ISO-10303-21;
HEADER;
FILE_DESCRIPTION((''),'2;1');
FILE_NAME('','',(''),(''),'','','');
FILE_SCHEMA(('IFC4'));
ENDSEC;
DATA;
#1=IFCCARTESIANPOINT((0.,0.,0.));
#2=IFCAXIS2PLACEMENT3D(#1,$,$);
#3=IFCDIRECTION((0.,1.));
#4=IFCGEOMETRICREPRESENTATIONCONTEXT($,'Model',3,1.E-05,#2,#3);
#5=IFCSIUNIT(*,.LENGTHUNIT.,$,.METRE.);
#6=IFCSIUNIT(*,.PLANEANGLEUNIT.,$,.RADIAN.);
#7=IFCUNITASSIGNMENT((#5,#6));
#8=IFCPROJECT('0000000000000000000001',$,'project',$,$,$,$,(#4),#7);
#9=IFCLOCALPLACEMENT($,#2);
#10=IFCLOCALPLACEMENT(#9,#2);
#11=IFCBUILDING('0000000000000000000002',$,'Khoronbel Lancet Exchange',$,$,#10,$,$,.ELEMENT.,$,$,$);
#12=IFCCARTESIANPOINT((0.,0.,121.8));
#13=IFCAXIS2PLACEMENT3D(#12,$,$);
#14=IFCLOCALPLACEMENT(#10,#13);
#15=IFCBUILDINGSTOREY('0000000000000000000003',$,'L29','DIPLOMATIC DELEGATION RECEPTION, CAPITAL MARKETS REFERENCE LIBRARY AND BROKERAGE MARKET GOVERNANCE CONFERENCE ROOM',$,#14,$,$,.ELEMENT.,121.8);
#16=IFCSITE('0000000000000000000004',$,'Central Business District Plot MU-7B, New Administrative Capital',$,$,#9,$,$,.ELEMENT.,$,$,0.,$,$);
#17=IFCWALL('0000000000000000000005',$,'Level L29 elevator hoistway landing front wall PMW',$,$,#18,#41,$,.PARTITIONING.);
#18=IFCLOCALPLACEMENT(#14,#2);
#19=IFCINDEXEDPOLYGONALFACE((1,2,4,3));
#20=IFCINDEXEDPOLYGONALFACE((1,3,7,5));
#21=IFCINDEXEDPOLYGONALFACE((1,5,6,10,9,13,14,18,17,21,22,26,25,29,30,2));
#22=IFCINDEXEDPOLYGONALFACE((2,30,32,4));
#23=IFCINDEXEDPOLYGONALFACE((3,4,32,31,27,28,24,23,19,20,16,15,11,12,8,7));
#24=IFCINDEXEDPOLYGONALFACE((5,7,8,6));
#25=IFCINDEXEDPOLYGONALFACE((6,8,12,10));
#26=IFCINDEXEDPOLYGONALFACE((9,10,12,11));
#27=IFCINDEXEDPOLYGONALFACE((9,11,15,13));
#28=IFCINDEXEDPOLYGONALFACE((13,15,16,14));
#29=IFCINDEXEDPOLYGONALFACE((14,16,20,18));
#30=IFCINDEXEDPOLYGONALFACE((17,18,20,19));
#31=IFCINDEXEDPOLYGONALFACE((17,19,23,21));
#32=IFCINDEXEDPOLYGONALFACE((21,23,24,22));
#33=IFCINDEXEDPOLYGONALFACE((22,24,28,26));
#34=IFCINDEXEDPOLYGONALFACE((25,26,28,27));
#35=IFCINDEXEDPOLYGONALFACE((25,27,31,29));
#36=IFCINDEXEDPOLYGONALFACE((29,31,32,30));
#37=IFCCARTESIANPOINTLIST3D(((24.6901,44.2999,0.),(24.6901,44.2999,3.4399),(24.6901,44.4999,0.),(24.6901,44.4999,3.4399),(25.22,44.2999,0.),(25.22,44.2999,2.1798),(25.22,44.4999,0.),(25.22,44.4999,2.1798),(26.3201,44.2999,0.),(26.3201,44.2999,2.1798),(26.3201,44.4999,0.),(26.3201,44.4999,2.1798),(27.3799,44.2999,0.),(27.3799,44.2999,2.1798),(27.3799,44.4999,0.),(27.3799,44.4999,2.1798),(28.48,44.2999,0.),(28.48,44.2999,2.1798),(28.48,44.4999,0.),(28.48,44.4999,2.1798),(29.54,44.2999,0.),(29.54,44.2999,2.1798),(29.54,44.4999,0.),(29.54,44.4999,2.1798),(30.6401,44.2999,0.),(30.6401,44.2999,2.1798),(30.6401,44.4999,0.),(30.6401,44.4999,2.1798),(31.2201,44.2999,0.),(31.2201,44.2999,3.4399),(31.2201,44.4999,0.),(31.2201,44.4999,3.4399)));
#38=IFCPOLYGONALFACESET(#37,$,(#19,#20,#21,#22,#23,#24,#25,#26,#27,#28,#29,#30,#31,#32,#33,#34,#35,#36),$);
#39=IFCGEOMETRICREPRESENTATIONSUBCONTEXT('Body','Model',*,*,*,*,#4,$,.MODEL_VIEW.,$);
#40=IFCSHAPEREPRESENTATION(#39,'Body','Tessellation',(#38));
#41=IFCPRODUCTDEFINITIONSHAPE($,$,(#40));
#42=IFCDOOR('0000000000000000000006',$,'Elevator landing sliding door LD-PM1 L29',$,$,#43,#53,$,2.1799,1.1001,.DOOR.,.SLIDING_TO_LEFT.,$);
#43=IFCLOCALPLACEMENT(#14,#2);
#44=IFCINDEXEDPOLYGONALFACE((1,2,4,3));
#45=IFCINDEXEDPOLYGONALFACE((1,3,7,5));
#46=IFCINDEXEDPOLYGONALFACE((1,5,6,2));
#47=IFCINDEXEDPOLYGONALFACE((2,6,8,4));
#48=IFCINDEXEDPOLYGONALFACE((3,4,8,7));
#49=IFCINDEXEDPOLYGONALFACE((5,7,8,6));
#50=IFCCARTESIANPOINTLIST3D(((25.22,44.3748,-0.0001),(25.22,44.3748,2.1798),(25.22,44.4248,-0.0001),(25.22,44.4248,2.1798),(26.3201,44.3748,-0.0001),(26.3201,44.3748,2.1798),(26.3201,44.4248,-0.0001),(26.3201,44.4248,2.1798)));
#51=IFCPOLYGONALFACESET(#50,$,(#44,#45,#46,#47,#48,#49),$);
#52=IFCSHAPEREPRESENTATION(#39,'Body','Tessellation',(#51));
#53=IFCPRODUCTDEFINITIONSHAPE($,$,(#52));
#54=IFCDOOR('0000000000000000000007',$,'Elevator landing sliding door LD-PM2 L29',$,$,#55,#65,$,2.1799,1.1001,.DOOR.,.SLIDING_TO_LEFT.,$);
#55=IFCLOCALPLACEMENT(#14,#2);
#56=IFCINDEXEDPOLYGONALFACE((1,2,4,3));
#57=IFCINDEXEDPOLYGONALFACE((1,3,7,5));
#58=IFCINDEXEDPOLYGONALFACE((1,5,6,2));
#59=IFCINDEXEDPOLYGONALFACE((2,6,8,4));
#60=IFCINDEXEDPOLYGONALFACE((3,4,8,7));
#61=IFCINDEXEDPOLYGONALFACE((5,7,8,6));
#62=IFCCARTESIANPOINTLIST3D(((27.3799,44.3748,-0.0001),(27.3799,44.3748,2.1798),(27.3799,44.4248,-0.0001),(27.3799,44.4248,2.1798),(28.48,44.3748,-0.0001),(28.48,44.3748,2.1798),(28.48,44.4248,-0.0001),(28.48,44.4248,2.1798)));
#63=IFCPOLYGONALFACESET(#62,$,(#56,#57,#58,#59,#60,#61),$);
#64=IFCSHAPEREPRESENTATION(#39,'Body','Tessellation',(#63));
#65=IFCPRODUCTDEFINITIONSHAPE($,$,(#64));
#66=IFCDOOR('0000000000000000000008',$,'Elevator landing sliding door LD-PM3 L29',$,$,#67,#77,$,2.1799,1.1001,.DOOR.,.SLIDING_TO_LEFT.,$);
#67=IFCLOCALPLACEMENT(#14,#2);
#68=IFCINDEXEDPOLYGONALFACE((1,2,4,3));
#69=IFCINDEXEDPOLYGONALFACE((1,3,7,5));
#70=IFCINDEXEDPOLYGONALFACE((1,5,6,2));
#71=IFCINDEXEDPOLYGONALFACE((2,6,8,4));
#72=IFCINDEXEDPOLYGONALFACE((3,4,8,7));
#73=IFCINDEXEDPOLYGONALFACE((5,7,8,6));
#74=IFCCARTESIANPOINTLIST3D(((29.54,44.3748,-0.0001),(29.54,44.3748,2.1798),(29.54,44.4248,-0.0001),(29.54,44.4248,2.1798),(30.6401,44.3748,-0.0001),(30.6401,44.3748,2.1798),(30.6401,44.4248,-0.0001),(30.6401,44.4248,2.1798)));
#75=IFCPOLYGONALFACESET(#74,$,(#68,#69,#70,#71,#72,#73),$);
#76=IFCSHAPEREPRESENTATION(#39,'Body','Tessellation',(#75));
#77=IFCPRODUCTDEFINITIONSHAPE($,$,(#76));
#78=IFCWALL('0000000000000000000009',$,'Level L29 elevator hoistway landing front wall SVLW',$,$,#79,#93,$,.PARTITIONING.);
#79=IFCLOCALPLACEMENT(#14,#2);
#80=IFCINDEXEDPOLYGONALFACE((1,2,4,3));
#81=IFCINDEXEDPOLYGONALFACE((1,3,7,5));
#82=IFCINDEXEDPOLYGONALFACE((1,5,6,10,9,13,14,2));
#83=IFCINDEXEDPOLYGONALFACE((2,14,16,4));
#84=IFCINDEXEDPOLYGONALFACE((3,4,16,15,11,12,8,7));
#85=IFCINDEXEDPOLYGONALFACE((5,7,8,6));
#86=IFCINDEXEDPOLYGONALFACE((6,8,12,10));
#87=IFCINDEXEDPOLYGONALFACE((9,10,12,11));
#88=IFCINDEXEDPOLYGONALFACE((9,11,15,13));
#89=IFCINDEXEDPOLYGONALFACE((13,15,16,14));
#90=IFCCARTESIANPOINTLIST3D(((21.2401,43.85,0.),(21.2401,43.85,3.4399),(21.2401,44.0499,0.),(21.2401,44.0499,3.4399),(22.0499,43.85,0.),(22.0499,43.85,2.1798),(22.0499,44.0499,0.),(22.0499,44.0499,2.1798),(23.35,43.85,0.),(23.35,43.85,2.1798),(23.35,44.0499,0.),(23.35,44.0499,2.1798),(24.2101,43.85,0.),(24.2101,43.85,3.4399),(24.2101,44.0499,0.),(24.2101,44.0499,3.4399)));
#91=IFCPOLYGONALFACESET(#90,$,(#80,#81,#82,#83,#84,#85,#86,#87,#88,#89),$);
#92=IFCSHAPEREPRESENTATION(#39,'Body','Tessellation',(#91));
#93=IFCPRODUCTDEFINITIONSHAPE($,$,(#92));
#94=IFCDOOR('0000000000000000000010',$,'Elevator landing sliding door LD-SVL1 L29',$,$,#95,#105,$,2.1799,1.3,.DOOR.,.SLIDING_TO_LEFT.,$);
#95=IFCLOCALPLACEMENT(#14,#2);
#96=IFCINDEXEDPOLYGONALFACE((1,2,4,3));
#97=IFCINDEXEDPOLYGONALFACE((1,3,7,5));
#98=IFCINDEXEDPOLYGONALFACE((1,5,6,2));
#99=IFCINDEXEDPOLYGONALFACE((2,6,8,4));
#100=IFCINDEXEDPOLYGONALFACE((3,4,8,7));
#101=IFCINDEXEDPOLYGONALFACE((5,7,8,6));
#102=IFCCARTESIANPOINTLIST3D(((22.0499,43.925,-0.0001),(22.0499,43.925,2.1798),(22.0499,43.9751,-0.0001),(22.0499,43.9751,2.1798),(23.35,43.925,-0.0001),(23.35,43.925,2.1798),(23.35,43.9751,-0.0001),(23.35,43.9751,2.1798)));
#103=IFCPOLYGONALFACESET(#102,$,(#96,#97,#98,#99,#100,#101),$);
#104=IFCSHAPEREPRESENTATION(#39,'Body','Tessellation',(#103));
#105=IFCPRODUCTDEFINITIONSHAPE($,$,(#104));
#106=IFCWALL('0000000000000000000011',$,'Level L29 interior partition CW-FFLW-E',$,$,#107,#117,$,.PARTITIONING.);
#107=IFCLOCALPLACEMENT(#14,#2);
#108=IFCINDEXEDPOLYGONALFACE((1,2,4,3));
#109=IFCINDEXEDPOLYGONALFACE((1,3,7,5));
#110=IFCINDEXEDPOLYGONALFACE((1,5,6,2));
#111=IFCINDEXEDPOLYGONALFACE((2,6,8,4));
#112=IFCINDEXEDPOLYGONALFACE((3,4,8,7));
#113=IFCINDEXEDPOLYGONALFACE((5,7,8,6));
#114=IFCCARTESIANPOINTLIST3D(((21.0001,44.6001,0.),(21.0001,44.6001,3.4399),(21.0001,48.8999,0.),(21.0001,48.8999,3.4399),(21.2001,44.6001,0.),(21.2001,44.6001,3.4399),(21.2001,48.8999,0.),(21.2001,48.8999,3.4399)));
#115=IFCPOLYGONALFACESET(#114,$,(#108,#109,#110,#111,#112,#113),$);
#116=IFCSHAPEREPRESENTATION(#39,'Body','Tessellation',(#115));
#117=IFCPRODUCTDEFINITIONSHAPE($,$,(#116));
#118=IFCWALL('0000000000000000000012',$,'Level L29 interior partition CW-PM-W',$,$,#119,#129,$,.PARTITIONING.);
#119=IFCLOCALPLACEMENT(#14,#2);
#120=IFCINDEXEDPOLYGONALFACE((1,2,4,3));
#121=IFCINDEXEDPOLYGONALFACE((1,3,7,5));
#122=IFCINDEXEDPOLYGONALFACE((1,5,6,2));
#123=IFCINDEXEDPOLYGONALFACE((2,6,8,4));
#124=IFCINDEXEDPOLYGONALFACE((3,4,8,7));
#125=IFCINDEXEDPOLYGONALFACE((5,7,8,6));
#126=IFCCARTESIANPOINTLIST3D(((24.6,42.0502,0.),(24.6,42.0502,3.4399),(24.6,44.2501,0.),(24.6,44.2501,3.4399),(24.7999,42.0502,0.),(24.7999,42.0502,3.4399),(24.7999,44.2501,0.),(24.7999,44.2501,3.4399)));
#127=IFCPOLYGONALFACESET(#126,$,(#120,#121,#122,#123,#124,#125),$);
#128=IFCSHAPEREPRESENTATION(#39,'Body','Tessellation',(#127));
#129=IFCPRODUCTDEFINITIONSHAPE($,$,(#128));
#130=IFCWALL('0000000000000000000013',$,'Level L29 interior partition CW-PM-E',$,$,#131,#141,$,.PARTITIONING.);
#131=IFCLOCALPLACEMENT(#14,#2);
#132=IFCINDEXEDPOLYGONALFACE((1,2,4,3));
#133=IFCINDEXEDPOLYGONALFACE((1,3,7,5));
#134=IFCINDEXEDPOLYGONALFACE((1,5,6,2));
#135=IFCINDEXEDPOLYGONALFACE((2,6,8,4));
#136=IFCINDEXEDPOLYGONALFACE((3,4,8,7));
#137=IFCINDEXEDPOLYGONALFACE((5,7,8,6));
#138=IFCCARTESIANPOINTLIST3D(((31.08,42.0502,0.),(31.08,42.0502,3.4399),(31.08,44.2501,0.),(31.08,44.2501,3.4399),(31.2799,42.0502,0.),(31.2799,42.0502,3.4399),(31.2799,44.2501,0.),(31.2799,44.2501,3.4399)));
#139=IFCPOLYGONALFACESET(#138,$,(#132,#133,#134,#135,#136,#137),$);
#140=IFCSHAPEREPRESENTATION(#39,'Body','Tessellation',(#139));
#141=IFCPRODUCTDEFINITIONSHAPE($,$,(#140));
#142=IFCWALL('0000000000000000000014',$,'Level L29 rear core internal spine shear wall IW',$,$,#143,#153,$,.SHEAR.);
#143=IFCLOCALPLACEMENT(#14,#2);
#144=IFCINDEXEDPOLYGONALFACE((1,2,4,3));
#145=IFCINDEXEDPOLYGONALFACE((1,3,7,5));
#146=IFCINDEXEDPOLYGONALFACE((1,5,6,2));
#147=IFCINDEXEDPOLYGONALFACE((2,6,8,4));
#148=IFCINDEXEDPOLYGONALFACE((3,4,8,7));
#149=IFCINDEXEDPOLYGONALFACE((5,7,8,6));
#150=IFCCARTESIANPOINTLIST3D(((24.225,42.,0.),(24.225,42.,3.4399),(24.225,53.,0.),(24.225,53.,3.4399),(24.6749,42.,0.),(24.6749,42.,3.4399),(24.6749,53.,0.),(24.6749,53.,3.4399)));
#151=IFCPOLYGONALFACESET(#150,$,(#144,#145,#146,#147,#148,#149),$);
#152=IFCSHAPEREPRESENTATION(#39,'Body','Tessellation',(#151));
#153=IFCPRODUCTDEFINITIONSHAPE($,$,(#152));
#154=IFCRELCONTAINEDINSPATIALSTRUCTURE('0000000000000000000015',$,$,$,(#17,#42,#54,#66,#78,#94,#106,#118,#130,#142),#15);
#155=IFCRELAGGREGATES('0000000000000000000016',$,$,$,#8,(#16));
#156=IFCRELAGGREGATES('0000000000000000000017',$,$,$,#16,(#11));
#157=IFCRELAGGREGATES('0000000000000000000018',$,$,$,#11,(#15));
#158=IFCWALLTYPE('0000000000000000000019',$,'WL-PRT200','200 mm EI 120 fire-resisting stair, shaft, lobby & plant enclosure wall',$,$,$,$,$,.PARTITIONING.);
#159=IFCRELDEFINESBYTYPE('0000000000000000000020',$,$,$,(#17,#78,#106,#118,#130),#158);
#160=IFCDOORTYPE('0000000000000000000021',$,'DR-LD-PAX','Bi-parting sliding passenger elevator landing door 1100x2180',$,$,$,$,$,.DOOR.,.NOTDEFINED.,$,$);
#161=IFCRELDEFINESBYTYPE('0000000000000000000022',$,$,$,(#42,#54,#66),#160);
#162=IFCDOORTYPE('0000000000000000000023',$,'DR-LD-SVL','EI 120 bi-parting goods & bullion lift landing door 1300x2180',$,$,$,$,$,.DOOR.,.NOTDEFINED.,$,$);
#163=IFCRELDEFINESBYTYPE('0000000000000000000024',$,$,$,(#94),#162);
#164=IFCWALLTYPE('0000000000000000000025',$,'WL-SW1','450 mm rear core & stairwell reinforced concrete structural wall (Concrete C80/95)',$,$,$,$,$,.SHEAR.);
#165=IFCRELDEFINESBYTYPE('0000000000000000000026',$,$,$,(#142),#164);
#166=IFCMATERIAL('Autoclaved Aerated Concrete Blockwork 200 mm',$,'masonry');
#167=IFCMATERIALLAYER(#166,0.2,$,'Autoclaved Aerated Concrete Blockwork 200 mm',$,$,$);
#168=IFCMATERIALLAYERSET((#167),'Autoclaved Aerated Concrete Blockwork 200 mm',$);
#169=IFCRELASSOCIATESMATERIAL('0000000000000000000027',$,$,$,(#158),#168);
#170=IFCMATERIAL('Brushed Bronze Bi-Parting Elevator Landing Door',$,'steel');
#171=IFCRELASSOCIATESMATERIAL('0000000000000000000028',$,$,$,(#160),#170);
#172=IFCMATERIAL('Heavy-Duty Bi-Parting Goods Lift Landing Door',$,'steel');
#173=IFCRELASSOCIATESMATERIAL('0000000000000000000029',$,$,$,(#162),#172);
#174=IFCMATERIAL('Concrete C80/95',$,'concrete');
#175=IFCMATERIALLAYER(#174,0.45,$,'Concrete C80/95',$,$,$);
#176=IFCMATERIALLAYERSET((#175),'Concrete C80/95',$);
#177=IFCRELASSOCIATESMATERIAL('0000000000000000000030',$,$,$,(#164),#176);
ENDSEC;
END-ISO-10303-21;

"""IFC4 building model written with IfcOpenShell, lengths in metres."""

from ifc_helpers import new_model, si_unit, direction, frame, frame_2d, origin, place, context, subcontext, project, spatial, rectangle, extrude, material, layer, layer_set, type_object, element, fill, save


model = new_model("IFC4")

# Units and contexts
model_context = context("Model", 3, precision=1e-05, world=origin(), true_north=direction((0.0, 1.0)))
body_context = subcontext(model_context, "Body", "Model", "MODEL_VIEW")
ifc_project = project(units=[si_unit("LENGTHUNIT", "METRE"), si_unit("PLANEANGLEUNIT", "RADIAN")], contexts=[model_context])

# Site, building, storey
site_placement = place(None, origin())
site = spatial("IfcSite", under=ifc_project, at=site_placement, Name="Central Business District Plot MU-7B, New Administrative Capital", CompositionType="ELEMENT", RefElevation=0.0)
building_placement = place(site_placement, origin())
building = spatial("IfcBuilding", under=site, at=building_placement, Name="Khoronbel Lancet Exchange", CompositionType="ELEMENT")
storey_placement = place(building_placement, frame((0.0, 0.0, 121.8)))
storey = spatial("IfcBuildingStorey", under=building, at=storey_placement, Name="L29", Description="DIPLOMATIC DELEGATION RECEPTION, CAPITAL MARKETS REFERENCE LIBRARY AND BROKERAGE MARKET GOVERNANCE CONFERENCE ROOM", CompositionType="ELEMENT", Elevation=121.8)

# Shared definitions
ifc_material_1 = material(Name="Concrete C80/95", Category="concrete")

# Wall, openings, doors
ifc_material_2 = material(Name="Autoclaved Aerated Concrete Blockwork 200 mm", Category="masonry")
ifc_layer_1 = layer(ifc_material_2, 0.2, Name="Autoclaved Aerated Concrete Blockwork 200 mm")
ifc_layer_set_1 = layer_set([ifc_layer_1], Name="Autoclaved Aerated Concrete Blockwork 200 mm")
wall_type_1 = type_object("IfcWallType", Name="WL-PRT200", Description="200 mm EI 120 fire-resisting stair, shaft, lobby & plant enclosure wall", PredefinedType="PARTITIONING", material=ifc_layer_set_1)
wall_1_placement = place(storey_placement, frame((24.6899, 44.3999, 0.0), z_axis=(0.0, 0.0, 1.0), x_axis=(1.0, 0.0, 0.0)))
wall_1 = element("IfcWall", 1, at=wall_1_placement, inside=storey, type_object=wall_type_1, Name="Level L29 elevator hoistway landing front wall PMW", PredefinedType="PARTITIONING", context=body_context, shape_type="SweptSolid", body=[
    extrude(rectangle(XDim=6.53, YDim=0.2, at=frame_2d((3.2651, 0.0))), origin(), (0.0, 0.0, 1.0), 3.4399),
])
opening_1_placement = place(wall_1_placement, frame((0.53, 0.0, 0.0)))
opening_1 = element("IfcOpeningElement", 2, at=opening_1_placement, cuts=wall_1, PredefinedType="OPENING", context=body_context, shape_type="SweptSolid", body=[
    extrude(rectangle(XDim=1.1001, YDim=2.1799, at=frame_2d((0.55, 1.0898))), frame((0.0, 0.1099, 0.0), z_axis=(0.0, -1.0, 0.0), x_axis=(1.0, 0.0, 0.0)), (0.0, 0.0, 1.0), 0.22),
])
opening_2_placement = place(wall_1_placement, frame((2.6899, 0.0, 0.0)))
opening_2 = element("IfcOpeningElement", 3, at=opening_2_placement, cuts=wall_1, PredefinedType="OPENING", context=body_context, shape_type="SweptSolid", body=[
    extrude(rectangle(XDim=1.1001, YDim=2.1799, at=frame_2d((0.55, 1.0898))), frame((0.0, 0.1099, 0.0), z_axis=(0.0, -1.0, 0.0), x_axis=(1.0, 0.0, 0.0)), (0.0, 0.0, 1.0), 0.22),
])
opening_3_placement = place(wall_1_placement, frame((4.8501, 0.0, 0.0)))
opening_3 = element("IfcOpeningElement", 4, at=opening_3_placement, cuts=wall_1, PredefinedType="OPENING", context=body_context, shape_type="SweptSolid", body=[
    extrude(rectangle(XDim=1.1001, YDim=2.1799, at=frame_2d((0.55, 1.0898))), frame((0.0, 0.1099, 0.0), z_axis=(0.0, -1.0, 0.0), x_axis=(1.0, 0.0, 0.0)), (0.0, 0.0, 1.0), 0.22),
])
ifc_material_3 = material(Name="Brushed Bronze Bi-Parting Elevator Landing Door", Category="steel")
door_type_1 = type_object("IfcDoorType", Name="DR-LD-PAX", Description="Bi-parting sliding passenger elevator landing door 1100x2180", OperationType="NOTDEFINED", PredefinedType="DOOR", material=ifc_material_3)
door_1_placement = place(opening_1_placement, origin())
door_1 = element("IfcDoor", 5, at=door_1_placement, inside=storey, type_object=door_type_1, Name="Elevator landing sliding door LD-PM1 L29", OperationType="SLIDING_TO_LEFT", OverallHeight=2.1799, OverallWidth=1.1001, PredefinedType="DOOR", context=body_context, shape_type="SweptSolid", body=[
    extrude(rectangle(XDim=1.1001, YDim=2.1799, at=frame_2d((0.55, 1.0898))), frame((0.0, 0.0249, 0.0), z_axis=(0.0, -1.0, 0.0), x_axis=(1.0, 0.0, 0.0)), (0.0, 0.0, 1.0), 0.05),
])
fill(opening_1, door_1)
door_2_placement = place(opening_2_placement, origin())
door_2 = element("IfcDoor", 6, at=door_2_placement, inside=storey, type_object=door_type_1, Name="Elevator landing sliding door LD-PM2 L29", OperationType="SLIDING_TO_LEFT", OverallHeight=2.1799, OverallWidth=1.1001, PredefinedType="DOOR", context=body_context, shape_type="SweptSolid", body=[
    extrude(rectangle(XDim=1.1001, YDim=2.1799, at=frame_2d((0.55, 1.0898))), frame((0.0, 0.0249, 0.0), z_axis=(0.0, -1.0, 0.0), x_axis=(1.0, 0.0, 0.0)), (0.0, 0.0, 1.0), 0.05),
])
fill(opening_2, door_2)
door_3_placement = place(opening_3_placement, origin())
door_3 = element("IfcDoor", 7, at=door_3_placement, inside=storey, type_object=door_type_1, Name="Elevator landing sliding door LD-PM3 L29", OperationType="SLIDING_TO_LEFT", OverallHeight=2.1799, OverallWidth=1.1001, PredefinedType="DOOR", context=body_context, shape_type="SweptSolid", body=[
    extrude(rectangle(XDim=1.1001, YDim=2.1799, at=frame_2d((0.55, 1.0898))), frame((0.0, 0.0249, 0.0), z_axis=(0.0, -1.0, 0.0), x_axis=(1.0, 0.0, 0.0)), (0.0, 0.0, 1.0), 0.05),
])
fill(opening_3, door_3)

# Wall, opening, door
wall_2_placement = place(storey_placement, frame((24.21, 43.95, 0.0), z_axis=(0.0, 0.0, 1.0), x_axis=(-1.0, 0.0, 0.0)))
wall_2 = element("IfcWall", 8, at=wall_2_placement, inside=storey, type_object=wall_type_1, Name="Level L29 elevator hoistway landing front wall SVLW", PredefinedType="PARTITIONING", context=body_context, shape_type="SweptSolid", body=[
    extrude(rectangle(XDim=2.97, YDim=0.2, at=frame_2d((1.4849, 0.0))), origin(), (0.0, 0.0, 1.0), 3.4399),
])
opening_4_placement = place(wall_2_placement, frame((0.8601, 0.0, 0.0)))
opening_4 = element("IfcOpeningElement", 9, at=opening_4_placement, cuts=wall_2, PredefinedType="OPENING", context=body_context, shape_type="SweptSolid", body=[
    extrude(rectangle(XDim=1.3, YDim=2.1799, at=frame_2d((0.6499, 1.0898))), frame((0.0, 0.1099, 0.0), z_axis=(0.0, -1.0, 0.0), x_axis=(1.0, 0.0, 0.0)), (0.0, 0.0, 1.0), 0.22),
])
ifc_material_4 = material(Name="Heavy-Duty Bi-Parting Goods Lift Landing Door", Category="steel")
door_type_2 = type_object("IfcDoorType", Name="DR-LD-SVL", Description="EI 120 bi-parting goods & bullion lift landing door 1300x2180", OperationType="NOTDEFINED", PredefinedType="DOOR", material=ifc_material_4)
door_4_placement = place(opening_4_placement, origin())
door_4 = element("IfcDoor", 10, at=door_4_placement, inside=storey, type_object=door_type_2, Name="Elevator landing sliding door LD-SVL1 L29", OperationType="SLIDING_TO_LEFT", OverallHeight=2.1799, OverallWidth=1.3, PredefinedType="DOOR", context=body_context, shape_type="SweptSolid", body=[
    extrude(rectangle(XDim=1.3, YDim=2.1799, at=frame_2d((0.6499, 1.0898))), frame((0.0, 0.0249, 0.0), z_axis=(0.0, -1.0, 0.0), x_axis=(1.0, 0.0, 0.0)), (0.0, 0.0, 1.0), 0.05),
])
fill(opening_4, door_4)

# Wall
wall_3_placement = place(storey_placement, frame((21.1001, 44.6001, 0.0), z_axis=(0.0, 0.0, 1.0), x_axis=(0.0, 1.0, 0.0)))
element("IfcWall", 11, at=wall_3_placement, inside=storey, type_object=wall_type_1, Name="Level L29 interior partition CW-FFLW-E", PredefinedType="PARTITIONING", context=body_context, shape_type="SweptSolid", body=[
    extrude(rectangle(XDim=4.2998, YDim=0.2, at=frame_2d((2.1499, 0.0))), origin(), (0.0, 0.0, 1.0), 3.4399),
])

# Walls
for number, where, z_axis, x_axis, name in (
    (12, (24.7, 42.05, 0.0), (0.0, 0.0, 1.0), (0.0, 1.0, 0.0), "Level L29 interior partition CW-PM-W"),
    (13, (31.1799, 42.05, 0.0), (0.0, 0.0, 1.0), (0.0, 1.0, 0.0), "Level L29 interior partition CW-PM-E"),
):
    element("IfcWall", number, at=place(storey_placement, frame(where, z_axis=z_axis, x_axis=x_axis)), inside=storey, type_object=wall_type_1, Name=name, PredefinedType="PARTITIONING", context=body_context, shape_type="SweptSolid", body=[
        extrude(rectangle(XDim=2.2, YDim=0.2, at=frame_2d((1.1001, 0.0))), origin(), (0.0, 0.0, 1.0), 3.4399),
    ])
ifc_layer_2 = layer(ifc_material_1, 0.45, Name="Concrete C80/95")
ifc_layer_set_2 = layer_set([ifc_layer_2], Name="Concrete C80/95")
wall_type_2 = type_object("IfcWallType", Name="WL-SW1", Description="450 mm rear core & stairwell reinforced concrete structural wall (Concrete C80/95)", PredefinedType="SHEAR", material=ifc_layer_set_2)
wall_4_placement = place(storey_placement, frame((24.45, 42.0, 0.0), z_axis=(0.0, 0.0, 1.0), x_axis=(0.0, 1.0, 0.0)))
element("IfcWall", 14, at=wall_4_placement, inside=storey, type_object=wall_type_2, Name="Level L29 rear core internal spine shear wall IW", PredefinedType="SHEAR", context=body_context, shape_type="SweptSolid", body=[
    extrude(rectangle(XDim=11.0, YDim=0.45, at=frame_2d((5.5, 0.0))), origin(), (0.0, 0.0, 1.0), 3.4399),
])

save(model, "model.ifc")
